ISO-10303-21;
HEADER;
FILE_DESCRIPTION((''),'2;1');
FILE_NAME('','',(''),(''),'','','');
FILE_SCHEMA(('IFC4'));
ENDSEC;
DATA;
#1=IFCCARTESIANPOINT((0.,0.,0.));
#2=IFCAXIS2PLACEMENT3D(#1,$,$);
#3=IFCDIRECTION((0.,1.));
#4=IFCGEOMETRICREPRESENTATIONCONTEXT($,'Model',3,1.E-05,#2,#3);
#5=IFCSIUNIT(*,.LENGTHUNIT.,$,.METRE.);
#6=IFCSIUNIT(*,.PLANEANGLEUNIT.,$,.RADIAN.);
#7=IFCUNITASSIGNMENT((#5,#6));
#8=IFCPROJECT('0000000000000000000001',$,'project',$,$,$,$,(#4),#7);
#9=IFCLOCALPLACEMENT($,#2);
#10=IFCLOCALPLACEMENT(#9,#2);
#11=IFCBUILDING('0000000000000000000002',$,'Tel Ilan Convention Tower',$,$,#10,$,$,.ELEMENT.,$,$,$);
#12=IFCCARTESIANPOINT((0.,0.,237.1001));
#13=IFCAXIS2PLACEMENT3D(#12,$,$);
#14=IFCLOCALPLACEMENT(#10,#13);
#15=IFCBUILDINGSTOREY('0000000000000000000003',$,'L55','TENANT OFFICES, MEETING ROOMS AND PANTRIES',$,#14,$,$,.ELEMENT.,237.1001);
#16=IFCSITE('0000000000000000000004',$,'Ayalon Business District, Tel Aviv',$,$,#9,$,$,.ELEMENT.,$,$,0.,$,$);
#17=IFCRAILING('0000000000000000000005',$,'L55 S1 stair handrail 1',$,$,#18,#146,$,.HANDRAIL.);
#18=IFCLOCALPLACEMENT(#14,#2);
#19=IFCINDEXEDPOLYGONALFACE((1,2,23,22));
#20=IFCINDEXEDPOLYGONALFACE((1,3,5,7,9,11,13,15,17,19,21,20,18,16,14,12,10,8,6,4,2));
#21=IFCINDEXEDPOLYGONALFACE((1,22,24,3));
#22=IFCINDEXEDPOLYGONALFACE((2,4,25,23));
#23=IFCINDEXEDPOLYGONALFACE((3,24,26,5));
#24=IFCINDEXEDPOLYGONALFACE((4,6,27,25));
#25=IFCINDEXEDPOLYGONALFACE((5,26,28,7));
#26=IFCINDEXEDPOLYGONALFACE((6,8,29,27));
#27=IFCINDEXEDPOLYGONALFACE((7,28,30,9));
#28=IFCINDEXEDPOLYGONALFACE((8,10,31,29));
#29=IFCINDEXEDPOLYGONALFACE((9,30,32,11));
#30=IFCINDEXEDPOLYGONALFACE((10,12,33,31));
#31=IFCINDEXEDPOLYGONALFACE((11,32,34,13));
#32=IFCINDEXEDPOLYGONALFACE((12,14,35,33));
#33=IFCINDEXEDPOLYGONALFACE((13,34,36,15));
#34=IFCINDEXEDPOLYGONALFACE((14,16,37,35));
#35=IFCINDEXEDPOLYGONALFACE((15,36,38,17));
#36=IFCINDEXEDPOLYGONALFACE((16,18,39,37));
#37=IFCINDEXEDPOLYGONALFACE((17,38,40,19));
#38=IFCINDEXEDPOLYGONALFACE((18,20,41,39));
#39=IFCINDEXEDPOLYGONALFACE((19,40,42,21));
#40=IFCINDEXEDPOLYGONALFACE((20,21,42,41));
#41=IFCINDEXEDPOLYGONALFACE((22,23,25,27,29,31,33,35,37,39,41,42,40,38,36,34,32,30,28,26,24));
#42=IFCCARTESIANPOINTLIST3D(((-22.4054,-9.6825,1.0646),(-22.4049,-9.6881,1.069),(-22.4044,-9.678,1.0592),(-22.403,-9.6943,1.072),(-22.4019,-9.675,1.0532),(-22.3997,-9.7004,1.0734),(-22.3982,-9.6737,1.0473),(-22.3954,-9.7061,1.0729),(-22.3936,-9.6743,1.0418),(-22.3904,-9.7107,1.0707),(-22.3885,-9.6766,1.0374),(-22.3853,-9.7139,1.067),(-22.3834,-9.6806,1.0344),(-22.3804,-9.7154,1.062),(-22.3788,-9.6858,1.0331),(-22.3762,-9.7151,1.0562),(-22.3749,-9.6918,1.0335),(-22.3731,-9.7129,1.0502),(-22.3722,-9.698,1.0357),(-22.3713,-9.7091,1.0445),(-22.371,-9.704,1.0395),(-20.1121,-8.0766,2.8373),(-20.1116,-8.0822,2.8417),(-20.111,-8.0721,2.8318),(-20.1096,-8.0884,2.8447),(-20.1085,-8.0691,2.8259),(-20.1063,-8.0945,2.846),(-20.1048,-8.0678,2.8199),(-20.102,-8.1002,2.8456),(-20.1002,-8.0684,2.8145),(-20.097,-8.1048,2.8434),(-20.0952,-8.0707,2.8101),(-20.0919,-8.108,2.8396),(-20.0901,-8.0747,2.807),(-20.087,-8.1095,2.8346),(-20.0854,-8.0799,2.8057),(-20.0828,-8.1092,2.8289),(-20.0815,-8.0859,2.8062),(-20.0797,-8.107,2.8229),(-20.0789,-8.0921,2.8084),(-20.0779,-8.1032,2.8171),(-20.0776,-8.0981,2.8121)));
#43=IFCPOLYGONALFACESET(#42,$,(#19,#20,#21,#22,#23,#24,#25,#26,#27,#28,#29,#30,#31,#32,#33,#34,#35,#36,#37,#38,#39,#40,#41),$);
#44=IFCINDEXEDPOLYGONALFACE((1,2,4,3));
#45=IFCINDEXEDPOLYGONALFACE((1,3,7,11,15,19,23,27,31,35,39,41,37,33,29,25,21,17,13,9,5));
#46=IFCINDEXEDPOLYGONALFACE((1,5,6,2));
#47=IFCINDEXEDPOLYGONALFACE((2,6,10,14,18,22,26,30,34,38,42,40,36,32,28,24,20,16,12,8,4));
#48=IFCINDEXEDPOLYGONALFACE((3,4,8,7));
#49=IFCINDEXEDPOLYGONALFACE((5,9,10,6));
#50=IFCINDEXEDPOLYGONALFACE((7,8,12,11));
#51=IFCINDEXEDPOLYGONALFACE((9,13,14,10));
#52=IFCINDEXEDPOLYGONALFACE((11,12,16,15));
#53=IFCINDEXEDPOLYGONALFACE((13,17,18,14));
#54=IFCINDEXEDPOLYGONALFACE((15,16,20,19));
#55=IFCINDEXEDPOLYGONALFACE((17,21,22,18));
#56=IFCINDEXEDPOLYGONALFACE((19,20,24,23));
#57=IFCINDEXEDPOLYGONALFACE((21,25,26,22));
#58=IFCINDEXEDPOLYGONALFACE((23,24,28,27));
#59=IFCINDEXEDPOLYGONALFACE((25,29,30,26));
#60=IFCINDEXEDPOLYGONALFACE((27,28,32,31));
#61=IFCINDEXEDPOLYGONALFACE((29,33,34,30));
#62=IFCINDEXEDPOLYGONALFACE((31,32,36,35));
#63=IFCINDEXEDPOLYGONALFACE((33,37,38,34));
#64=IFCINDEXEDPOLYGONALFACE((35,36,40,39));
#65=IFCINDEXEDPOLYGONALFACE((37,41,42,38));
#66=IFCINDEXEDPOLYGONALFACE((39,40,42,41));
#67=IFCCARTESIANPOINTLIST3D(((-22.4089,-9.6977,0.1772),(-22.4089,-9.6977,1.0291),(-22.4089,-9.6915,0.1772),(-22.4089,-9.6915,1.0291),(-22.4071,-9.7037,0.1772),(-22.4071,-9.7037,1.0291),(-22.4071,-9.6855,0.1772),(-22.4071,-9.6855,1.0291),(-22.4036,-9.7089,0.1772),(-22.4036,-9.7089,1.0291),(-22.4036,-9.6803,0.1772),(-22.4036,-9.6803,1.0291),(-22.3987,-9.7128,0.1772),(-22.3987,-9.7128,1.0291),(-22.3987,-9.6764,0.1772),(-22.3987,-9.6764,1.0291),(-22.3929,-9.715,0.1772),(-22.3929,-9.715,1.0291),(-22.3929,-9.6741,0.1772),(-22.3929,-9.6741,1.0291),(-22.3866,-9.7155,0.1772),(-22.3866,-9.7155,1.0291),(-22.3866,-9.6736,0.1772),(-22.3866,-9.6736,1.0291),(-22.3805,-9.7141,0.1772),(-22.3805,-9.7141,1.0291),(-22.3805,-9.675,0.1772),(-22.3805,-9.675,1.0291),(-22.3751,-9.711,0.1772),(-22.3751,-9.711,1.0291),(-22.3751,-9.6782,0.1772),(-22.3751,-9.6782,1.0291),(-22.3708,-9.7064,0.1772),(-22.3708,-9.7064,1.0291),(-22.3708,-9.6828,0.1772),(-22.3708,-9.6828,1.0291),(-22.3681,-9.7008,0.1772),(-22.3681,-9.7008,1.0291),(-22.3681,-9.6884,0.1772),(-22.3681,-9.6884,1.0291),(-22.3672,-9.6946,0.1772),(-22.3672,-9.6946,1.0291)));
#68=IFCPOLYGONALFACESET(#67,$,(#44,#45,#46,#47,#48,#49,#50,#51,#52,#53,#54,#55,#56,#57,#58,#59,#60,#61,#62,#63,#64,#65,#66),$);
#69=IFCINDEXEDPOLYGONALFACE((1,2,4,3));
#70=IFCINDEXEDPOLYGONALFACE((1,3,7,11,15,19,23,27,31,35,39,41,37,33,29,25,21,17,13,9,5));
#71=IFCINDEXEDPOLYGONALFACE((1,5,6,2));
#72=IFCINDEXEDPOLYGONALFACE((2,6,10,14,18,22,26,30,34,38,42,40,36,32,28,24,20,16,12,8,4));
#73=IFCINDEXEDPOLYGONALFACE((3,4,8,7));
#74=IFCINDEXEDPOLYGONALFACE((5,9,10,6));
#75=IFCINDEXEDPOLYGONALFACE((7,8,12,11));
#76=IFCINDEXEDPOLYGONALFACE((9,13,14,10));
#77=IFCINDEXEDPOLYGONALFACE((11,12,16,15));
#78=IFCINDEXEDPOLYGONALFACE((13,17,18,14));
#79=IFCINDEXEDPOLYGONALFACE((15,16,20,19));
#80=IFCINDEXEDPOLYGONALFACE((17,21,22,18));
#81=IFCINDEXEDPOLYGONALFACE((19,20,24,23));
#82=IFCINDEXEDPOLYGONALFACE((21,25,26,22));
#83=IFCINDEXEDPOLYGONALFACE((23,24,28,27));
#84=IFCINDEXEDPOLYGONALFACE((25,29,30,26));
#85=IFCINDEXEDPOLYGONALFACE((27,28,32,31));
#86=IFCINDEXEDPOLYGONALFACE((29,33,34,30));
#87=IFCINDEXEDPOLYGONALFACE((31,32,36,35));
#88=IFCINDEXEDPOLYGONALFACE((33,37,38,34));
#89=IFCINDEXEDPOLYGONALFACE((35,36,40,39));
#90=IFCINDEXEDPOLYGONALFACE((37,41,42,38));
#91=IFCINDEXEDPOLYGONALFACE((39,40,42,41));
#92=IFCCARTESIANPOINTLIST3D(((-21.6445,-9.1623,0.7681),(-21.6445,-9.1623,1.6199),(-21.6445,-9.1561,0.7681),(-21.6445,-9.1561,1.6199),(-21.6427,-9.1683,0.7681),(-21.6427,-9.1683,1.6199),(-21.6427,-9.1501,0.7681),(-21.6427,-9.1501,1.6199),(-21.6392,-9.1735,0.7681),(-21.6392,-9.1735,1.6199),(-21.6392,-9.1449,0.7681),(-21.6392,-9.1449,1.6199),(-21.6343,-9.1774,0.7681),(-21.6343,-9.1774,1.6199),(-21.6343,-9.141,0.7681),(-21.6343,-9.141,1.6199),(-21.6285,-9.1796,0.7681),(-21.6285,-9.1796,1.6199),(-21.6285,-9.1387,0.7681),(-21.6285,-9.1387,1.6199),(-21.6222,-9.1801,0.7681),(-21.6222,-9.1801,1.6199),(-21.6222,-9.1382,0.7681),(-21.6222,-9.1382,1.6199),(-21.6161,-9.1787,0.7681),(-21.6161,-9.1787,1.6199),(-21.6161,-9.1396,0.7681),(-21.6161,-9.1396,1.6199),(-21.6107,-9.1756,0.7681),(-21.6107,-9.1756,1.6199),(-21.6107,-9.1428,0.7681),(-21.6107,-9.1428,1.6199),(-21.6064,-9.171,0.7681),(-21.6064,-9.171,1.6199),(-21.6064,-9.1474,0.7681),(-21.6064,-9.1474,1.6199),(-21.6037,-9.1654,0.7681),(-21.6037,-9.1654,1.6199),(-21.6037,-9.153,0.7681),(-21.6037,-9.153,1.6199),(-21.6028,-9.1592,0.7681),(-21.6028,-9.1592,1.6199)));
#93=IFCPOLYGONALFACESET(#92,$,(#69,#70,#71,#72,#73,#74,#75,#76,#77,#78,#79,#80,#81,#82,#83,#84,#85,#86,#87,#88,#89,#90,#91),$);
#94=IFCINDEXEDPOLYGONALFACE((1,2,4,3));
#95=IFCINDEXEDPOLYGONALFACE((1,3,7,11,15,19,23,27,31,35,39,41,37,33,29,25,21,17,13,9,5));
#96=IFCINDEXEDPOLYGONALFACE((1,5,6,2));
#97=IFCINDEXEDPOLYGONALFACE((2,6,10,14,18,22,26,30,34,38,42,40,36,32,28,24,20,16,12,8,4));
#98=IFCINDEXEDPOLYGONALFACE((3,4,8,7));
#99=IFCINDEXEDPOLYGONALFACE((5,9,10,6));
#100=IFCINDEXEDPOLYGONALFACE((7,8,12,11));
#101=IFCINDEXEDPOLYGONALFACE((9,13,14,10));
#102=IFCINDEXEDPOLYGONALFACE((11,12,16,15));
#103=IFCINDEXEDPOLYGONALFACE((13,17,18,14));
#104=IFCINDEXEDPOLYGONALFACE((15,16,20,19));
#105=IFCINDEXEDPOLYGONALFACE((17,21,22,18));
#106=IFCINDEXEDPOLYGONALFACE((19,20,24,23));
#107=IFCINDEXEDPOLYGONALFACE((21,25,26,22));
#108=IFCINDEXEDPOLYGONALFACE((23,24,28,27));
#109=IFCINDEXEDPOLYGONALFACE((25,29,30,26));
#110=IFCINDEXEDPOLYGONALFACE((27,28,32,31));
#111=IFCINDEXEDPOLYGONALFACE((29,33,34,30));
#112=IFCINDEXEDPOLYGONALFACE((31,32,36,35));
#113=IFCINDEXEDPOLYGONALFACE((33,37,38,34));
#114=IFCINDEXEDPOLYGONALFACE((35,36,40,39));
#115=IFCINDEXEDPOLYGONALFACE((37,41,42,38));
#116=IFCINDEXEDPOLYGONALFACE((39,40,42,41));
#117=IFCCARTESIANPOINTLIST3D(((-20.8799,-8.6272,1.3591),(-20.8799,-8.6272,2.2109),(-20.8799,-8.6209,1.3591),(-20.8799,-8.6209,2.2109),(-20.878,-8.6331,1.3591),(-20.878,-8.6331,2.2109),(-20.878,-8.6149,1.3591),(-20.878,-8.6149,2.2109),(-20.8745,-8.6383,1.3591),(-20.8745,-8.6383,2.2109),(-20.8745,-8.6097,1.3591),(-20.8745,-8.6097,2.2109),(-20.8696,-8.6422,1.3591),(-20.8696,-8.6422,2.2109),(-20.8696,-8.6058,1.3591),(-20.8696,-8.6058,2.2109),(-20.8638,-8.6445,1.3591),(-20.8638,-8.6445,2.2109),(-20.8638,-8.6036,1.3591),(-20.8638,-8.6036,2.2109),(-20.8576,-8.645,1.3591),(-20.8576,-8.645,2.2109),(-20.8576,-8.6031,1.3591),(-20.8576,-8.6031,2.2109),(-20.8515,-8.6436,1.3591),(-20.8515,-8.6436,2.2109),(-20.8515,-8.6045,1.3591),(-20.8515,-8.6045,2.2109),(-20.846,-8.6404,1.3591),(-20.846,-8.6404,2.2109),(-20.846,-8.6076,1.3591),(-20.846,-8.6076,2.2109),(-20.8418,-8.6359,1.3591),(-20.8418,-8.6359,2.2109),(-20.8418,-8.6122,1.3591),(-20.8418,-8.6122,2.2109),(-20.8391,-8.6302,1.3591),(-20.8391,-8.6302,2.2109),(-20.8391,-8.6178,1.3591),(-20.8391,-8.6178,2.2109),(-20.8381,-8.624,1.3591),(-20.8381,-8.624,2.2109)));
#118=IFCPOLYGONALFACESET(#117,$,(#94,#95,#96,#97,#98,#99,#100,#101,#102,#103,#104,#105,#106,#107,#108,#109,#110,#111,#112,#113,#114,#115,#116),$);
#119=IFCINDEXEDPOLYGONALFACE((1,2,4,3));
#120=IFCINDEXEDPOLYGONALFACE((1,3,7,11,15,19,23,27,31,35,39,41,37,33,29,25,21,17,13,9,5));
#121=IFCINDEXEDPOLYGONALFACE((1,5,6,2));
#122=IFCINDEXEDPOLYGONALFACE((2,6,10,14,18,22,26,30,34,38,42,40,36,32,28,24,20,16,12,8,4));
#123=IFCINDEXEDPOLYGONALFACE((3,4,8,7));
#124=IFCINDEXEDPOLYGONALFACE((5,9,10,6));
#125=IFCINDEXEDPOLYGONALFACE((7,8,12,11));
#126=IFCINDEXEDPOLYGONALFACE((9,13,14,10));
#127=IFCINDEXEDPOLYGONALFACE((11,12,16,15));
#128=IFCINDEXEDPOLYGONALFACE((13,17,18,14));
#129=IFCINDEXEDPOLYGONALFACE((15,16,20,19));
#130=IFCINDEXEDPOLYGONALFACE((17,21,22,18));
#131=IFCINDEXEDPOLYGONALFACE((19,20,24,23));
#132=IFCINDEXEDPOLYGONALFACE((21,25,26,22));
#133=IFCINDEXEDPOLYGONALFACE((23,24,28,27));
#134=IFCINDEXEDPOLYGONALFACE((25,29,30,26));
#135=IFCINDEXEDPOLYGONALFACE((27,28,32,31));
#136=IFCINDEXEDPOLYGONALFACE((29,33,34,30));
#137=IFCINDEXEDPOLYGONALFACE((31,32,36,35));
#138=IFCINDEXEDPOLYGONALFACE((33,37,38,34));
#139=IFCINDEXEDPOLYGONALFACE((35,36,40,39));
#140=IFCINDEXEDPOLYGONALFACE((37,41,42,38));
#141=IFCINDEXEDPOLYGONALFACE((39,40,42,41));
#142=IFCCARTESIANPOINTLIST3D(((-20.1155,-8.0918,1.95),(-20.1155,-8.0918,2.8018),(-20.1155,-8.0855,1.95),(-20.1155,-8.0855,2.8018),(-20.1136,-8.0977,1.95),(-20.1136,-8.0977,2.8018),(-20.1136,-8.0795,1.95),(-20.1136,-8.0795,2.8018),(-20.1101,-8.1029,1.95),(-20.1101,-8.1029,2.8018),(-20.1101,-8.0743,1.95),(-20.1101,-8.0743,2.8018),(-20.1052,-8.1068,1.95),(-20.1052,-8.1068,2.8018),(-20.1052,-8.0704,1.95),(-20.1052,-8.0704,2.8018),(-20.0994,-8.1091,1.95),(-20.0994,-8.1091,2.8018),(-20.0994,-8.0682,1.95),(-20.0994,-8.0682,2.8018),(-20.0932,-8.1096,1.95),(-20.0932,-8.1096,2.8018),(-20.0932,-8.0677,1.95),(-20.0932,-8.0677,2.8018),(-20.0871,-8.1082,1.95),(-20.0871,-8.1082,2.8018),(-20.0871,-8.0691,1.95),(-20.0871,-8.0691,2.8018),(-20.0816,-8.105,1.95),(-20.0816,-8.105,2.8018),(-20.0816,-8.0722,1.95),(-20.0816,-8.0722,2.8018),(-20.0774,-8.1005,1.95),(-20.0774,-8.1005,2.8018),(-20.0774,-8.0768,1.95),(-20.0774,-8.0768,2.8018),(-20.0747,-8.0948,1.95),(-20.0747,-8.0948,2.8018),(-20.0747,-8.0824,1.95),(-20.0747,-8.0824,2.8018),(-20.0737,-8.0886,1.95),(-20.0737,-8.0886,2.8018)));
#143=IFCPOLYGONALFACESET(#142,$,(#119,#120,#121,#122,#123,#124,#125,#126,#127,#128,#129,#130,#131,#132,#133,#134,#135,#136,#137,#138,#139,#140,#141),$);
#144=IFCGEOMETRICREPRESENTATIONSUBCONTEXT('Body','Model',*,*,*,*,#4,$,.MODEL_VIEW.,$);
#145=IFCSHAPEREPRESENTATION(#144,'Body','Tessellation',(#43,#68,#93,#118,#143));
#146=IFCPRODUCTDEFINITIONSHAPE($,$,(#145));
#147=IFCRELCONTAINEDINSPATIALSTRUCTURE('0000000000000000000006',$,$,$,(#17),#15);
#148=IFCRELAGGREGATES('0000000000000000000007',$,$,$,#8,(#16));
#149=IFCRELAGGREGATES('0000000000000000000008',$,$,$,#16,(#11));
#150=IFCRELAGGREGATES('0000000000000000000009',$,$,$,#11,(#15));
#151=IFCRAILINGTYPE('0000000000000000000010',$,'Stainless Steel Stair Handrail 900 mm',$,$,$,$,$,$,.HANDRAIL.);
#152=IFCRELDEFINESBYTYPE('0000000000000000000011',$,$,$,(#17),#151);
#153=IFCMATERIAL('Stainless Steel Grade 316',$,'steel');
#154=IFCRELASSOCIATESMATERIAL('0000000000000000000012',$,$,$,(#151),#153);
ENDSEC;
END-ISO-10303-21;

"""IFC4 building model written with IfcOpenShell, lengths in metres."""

from ifc_helpers import new_model, si_unit, direction, frame, origin, origin_2d, place, context, subcontext, project, spatial, circle, extrude, material, type_object, element, save


model = new_model("IFC4")

# Units and contexts
model_context = context("Model", 3, precision=1e-05, world=origin(), true_north=direction((0.0, 1.0)))
body_context = subcontext(model_context, "Body", "Model", "MODEL_VIEW")
ifc_project = project(units=[si_unit("LENGTHUNIT", "METRE"), si_unit("PLANEANGLEUNIT", "RADIAN")], contexts=[model_context])

# Site, building, storey
site_placement = place(None, origin())
site = spatial("IfcSite", under=ifc_project, at=site_placement, Name="Ayalon Business District, Tel Aviv", CompositionType="ELEMENT", RefElevation=0.0)
building_placement = place(site_placement, origin())
building = spatial("IfcBuilding", under=site, at=building_placement, Name="Tel Ilan Convention Tower", CompositionType="ELEMENT")
storey_placement = place(building_placement, frame((0.0, 0.0, 237.1001)))
storey = spatial("IfcBuildingStorey", under=building, at=storey_placement, Name="L55", Description="TENANT OFFICES, MEETING ROOMS AND PANTRIES", CompositionType="ELEMENT", Elevation=237.1001)

# Railing
ifc_material_1 = material(Name="Stainless Steel Grade 316", Category="steel")
railing_type_1 = type_object("IfcRailingType", Name="Stainless Steel Stair Handrail 900 mm", PredefinedType="HANDRAIL", material=ifc_material_1)
railing_1_placement = place(storey_placement, frame((-22.3882, -9.6946, 0.1772)))
element("IfcRailing", 1, at=railing_1_placement, inside=storey, type_object=railing_type_1, Name="L55 S1 stair handrail 1", PredefinedType="HANDRAIL", context=body_context, shape_type="SweptSolid", body=[
    extrude(circle(Radius=0.0239, at=origin_2d()), frame((0.0, 0.0, 0.876), z_axis=(0.692085, 0.484621, 0.53494), x_axis=(-0.573591, 0.819142, 0.0)), (0.0, 0.0, 1.0), 3.3137),
    extrude(circle(Radius=0.021, at=origin_2d()), origin(), (0.0, 0.0, 1.0), 0.8518),
    extrude(circle(Radius=0.021, at=origin_2d()), frame((0.7644, 0.5354, 0.5908)), (0.0, 0.0, 1.0), 0.8518),
    extrude(circle(Radius=0.021, at=origin_2d()), frame((1.5291, 1.0706, 1.1819)), (0.0, 0.0, 1.0), 0.8518),
    extrude(circle(Radius=0.021, at=origin_2d()), frame((2.2935, 1.606, 1.7727)), (0.0, 0.0, 1.0), 0.8518),
])

save(model, "model.ifc")
